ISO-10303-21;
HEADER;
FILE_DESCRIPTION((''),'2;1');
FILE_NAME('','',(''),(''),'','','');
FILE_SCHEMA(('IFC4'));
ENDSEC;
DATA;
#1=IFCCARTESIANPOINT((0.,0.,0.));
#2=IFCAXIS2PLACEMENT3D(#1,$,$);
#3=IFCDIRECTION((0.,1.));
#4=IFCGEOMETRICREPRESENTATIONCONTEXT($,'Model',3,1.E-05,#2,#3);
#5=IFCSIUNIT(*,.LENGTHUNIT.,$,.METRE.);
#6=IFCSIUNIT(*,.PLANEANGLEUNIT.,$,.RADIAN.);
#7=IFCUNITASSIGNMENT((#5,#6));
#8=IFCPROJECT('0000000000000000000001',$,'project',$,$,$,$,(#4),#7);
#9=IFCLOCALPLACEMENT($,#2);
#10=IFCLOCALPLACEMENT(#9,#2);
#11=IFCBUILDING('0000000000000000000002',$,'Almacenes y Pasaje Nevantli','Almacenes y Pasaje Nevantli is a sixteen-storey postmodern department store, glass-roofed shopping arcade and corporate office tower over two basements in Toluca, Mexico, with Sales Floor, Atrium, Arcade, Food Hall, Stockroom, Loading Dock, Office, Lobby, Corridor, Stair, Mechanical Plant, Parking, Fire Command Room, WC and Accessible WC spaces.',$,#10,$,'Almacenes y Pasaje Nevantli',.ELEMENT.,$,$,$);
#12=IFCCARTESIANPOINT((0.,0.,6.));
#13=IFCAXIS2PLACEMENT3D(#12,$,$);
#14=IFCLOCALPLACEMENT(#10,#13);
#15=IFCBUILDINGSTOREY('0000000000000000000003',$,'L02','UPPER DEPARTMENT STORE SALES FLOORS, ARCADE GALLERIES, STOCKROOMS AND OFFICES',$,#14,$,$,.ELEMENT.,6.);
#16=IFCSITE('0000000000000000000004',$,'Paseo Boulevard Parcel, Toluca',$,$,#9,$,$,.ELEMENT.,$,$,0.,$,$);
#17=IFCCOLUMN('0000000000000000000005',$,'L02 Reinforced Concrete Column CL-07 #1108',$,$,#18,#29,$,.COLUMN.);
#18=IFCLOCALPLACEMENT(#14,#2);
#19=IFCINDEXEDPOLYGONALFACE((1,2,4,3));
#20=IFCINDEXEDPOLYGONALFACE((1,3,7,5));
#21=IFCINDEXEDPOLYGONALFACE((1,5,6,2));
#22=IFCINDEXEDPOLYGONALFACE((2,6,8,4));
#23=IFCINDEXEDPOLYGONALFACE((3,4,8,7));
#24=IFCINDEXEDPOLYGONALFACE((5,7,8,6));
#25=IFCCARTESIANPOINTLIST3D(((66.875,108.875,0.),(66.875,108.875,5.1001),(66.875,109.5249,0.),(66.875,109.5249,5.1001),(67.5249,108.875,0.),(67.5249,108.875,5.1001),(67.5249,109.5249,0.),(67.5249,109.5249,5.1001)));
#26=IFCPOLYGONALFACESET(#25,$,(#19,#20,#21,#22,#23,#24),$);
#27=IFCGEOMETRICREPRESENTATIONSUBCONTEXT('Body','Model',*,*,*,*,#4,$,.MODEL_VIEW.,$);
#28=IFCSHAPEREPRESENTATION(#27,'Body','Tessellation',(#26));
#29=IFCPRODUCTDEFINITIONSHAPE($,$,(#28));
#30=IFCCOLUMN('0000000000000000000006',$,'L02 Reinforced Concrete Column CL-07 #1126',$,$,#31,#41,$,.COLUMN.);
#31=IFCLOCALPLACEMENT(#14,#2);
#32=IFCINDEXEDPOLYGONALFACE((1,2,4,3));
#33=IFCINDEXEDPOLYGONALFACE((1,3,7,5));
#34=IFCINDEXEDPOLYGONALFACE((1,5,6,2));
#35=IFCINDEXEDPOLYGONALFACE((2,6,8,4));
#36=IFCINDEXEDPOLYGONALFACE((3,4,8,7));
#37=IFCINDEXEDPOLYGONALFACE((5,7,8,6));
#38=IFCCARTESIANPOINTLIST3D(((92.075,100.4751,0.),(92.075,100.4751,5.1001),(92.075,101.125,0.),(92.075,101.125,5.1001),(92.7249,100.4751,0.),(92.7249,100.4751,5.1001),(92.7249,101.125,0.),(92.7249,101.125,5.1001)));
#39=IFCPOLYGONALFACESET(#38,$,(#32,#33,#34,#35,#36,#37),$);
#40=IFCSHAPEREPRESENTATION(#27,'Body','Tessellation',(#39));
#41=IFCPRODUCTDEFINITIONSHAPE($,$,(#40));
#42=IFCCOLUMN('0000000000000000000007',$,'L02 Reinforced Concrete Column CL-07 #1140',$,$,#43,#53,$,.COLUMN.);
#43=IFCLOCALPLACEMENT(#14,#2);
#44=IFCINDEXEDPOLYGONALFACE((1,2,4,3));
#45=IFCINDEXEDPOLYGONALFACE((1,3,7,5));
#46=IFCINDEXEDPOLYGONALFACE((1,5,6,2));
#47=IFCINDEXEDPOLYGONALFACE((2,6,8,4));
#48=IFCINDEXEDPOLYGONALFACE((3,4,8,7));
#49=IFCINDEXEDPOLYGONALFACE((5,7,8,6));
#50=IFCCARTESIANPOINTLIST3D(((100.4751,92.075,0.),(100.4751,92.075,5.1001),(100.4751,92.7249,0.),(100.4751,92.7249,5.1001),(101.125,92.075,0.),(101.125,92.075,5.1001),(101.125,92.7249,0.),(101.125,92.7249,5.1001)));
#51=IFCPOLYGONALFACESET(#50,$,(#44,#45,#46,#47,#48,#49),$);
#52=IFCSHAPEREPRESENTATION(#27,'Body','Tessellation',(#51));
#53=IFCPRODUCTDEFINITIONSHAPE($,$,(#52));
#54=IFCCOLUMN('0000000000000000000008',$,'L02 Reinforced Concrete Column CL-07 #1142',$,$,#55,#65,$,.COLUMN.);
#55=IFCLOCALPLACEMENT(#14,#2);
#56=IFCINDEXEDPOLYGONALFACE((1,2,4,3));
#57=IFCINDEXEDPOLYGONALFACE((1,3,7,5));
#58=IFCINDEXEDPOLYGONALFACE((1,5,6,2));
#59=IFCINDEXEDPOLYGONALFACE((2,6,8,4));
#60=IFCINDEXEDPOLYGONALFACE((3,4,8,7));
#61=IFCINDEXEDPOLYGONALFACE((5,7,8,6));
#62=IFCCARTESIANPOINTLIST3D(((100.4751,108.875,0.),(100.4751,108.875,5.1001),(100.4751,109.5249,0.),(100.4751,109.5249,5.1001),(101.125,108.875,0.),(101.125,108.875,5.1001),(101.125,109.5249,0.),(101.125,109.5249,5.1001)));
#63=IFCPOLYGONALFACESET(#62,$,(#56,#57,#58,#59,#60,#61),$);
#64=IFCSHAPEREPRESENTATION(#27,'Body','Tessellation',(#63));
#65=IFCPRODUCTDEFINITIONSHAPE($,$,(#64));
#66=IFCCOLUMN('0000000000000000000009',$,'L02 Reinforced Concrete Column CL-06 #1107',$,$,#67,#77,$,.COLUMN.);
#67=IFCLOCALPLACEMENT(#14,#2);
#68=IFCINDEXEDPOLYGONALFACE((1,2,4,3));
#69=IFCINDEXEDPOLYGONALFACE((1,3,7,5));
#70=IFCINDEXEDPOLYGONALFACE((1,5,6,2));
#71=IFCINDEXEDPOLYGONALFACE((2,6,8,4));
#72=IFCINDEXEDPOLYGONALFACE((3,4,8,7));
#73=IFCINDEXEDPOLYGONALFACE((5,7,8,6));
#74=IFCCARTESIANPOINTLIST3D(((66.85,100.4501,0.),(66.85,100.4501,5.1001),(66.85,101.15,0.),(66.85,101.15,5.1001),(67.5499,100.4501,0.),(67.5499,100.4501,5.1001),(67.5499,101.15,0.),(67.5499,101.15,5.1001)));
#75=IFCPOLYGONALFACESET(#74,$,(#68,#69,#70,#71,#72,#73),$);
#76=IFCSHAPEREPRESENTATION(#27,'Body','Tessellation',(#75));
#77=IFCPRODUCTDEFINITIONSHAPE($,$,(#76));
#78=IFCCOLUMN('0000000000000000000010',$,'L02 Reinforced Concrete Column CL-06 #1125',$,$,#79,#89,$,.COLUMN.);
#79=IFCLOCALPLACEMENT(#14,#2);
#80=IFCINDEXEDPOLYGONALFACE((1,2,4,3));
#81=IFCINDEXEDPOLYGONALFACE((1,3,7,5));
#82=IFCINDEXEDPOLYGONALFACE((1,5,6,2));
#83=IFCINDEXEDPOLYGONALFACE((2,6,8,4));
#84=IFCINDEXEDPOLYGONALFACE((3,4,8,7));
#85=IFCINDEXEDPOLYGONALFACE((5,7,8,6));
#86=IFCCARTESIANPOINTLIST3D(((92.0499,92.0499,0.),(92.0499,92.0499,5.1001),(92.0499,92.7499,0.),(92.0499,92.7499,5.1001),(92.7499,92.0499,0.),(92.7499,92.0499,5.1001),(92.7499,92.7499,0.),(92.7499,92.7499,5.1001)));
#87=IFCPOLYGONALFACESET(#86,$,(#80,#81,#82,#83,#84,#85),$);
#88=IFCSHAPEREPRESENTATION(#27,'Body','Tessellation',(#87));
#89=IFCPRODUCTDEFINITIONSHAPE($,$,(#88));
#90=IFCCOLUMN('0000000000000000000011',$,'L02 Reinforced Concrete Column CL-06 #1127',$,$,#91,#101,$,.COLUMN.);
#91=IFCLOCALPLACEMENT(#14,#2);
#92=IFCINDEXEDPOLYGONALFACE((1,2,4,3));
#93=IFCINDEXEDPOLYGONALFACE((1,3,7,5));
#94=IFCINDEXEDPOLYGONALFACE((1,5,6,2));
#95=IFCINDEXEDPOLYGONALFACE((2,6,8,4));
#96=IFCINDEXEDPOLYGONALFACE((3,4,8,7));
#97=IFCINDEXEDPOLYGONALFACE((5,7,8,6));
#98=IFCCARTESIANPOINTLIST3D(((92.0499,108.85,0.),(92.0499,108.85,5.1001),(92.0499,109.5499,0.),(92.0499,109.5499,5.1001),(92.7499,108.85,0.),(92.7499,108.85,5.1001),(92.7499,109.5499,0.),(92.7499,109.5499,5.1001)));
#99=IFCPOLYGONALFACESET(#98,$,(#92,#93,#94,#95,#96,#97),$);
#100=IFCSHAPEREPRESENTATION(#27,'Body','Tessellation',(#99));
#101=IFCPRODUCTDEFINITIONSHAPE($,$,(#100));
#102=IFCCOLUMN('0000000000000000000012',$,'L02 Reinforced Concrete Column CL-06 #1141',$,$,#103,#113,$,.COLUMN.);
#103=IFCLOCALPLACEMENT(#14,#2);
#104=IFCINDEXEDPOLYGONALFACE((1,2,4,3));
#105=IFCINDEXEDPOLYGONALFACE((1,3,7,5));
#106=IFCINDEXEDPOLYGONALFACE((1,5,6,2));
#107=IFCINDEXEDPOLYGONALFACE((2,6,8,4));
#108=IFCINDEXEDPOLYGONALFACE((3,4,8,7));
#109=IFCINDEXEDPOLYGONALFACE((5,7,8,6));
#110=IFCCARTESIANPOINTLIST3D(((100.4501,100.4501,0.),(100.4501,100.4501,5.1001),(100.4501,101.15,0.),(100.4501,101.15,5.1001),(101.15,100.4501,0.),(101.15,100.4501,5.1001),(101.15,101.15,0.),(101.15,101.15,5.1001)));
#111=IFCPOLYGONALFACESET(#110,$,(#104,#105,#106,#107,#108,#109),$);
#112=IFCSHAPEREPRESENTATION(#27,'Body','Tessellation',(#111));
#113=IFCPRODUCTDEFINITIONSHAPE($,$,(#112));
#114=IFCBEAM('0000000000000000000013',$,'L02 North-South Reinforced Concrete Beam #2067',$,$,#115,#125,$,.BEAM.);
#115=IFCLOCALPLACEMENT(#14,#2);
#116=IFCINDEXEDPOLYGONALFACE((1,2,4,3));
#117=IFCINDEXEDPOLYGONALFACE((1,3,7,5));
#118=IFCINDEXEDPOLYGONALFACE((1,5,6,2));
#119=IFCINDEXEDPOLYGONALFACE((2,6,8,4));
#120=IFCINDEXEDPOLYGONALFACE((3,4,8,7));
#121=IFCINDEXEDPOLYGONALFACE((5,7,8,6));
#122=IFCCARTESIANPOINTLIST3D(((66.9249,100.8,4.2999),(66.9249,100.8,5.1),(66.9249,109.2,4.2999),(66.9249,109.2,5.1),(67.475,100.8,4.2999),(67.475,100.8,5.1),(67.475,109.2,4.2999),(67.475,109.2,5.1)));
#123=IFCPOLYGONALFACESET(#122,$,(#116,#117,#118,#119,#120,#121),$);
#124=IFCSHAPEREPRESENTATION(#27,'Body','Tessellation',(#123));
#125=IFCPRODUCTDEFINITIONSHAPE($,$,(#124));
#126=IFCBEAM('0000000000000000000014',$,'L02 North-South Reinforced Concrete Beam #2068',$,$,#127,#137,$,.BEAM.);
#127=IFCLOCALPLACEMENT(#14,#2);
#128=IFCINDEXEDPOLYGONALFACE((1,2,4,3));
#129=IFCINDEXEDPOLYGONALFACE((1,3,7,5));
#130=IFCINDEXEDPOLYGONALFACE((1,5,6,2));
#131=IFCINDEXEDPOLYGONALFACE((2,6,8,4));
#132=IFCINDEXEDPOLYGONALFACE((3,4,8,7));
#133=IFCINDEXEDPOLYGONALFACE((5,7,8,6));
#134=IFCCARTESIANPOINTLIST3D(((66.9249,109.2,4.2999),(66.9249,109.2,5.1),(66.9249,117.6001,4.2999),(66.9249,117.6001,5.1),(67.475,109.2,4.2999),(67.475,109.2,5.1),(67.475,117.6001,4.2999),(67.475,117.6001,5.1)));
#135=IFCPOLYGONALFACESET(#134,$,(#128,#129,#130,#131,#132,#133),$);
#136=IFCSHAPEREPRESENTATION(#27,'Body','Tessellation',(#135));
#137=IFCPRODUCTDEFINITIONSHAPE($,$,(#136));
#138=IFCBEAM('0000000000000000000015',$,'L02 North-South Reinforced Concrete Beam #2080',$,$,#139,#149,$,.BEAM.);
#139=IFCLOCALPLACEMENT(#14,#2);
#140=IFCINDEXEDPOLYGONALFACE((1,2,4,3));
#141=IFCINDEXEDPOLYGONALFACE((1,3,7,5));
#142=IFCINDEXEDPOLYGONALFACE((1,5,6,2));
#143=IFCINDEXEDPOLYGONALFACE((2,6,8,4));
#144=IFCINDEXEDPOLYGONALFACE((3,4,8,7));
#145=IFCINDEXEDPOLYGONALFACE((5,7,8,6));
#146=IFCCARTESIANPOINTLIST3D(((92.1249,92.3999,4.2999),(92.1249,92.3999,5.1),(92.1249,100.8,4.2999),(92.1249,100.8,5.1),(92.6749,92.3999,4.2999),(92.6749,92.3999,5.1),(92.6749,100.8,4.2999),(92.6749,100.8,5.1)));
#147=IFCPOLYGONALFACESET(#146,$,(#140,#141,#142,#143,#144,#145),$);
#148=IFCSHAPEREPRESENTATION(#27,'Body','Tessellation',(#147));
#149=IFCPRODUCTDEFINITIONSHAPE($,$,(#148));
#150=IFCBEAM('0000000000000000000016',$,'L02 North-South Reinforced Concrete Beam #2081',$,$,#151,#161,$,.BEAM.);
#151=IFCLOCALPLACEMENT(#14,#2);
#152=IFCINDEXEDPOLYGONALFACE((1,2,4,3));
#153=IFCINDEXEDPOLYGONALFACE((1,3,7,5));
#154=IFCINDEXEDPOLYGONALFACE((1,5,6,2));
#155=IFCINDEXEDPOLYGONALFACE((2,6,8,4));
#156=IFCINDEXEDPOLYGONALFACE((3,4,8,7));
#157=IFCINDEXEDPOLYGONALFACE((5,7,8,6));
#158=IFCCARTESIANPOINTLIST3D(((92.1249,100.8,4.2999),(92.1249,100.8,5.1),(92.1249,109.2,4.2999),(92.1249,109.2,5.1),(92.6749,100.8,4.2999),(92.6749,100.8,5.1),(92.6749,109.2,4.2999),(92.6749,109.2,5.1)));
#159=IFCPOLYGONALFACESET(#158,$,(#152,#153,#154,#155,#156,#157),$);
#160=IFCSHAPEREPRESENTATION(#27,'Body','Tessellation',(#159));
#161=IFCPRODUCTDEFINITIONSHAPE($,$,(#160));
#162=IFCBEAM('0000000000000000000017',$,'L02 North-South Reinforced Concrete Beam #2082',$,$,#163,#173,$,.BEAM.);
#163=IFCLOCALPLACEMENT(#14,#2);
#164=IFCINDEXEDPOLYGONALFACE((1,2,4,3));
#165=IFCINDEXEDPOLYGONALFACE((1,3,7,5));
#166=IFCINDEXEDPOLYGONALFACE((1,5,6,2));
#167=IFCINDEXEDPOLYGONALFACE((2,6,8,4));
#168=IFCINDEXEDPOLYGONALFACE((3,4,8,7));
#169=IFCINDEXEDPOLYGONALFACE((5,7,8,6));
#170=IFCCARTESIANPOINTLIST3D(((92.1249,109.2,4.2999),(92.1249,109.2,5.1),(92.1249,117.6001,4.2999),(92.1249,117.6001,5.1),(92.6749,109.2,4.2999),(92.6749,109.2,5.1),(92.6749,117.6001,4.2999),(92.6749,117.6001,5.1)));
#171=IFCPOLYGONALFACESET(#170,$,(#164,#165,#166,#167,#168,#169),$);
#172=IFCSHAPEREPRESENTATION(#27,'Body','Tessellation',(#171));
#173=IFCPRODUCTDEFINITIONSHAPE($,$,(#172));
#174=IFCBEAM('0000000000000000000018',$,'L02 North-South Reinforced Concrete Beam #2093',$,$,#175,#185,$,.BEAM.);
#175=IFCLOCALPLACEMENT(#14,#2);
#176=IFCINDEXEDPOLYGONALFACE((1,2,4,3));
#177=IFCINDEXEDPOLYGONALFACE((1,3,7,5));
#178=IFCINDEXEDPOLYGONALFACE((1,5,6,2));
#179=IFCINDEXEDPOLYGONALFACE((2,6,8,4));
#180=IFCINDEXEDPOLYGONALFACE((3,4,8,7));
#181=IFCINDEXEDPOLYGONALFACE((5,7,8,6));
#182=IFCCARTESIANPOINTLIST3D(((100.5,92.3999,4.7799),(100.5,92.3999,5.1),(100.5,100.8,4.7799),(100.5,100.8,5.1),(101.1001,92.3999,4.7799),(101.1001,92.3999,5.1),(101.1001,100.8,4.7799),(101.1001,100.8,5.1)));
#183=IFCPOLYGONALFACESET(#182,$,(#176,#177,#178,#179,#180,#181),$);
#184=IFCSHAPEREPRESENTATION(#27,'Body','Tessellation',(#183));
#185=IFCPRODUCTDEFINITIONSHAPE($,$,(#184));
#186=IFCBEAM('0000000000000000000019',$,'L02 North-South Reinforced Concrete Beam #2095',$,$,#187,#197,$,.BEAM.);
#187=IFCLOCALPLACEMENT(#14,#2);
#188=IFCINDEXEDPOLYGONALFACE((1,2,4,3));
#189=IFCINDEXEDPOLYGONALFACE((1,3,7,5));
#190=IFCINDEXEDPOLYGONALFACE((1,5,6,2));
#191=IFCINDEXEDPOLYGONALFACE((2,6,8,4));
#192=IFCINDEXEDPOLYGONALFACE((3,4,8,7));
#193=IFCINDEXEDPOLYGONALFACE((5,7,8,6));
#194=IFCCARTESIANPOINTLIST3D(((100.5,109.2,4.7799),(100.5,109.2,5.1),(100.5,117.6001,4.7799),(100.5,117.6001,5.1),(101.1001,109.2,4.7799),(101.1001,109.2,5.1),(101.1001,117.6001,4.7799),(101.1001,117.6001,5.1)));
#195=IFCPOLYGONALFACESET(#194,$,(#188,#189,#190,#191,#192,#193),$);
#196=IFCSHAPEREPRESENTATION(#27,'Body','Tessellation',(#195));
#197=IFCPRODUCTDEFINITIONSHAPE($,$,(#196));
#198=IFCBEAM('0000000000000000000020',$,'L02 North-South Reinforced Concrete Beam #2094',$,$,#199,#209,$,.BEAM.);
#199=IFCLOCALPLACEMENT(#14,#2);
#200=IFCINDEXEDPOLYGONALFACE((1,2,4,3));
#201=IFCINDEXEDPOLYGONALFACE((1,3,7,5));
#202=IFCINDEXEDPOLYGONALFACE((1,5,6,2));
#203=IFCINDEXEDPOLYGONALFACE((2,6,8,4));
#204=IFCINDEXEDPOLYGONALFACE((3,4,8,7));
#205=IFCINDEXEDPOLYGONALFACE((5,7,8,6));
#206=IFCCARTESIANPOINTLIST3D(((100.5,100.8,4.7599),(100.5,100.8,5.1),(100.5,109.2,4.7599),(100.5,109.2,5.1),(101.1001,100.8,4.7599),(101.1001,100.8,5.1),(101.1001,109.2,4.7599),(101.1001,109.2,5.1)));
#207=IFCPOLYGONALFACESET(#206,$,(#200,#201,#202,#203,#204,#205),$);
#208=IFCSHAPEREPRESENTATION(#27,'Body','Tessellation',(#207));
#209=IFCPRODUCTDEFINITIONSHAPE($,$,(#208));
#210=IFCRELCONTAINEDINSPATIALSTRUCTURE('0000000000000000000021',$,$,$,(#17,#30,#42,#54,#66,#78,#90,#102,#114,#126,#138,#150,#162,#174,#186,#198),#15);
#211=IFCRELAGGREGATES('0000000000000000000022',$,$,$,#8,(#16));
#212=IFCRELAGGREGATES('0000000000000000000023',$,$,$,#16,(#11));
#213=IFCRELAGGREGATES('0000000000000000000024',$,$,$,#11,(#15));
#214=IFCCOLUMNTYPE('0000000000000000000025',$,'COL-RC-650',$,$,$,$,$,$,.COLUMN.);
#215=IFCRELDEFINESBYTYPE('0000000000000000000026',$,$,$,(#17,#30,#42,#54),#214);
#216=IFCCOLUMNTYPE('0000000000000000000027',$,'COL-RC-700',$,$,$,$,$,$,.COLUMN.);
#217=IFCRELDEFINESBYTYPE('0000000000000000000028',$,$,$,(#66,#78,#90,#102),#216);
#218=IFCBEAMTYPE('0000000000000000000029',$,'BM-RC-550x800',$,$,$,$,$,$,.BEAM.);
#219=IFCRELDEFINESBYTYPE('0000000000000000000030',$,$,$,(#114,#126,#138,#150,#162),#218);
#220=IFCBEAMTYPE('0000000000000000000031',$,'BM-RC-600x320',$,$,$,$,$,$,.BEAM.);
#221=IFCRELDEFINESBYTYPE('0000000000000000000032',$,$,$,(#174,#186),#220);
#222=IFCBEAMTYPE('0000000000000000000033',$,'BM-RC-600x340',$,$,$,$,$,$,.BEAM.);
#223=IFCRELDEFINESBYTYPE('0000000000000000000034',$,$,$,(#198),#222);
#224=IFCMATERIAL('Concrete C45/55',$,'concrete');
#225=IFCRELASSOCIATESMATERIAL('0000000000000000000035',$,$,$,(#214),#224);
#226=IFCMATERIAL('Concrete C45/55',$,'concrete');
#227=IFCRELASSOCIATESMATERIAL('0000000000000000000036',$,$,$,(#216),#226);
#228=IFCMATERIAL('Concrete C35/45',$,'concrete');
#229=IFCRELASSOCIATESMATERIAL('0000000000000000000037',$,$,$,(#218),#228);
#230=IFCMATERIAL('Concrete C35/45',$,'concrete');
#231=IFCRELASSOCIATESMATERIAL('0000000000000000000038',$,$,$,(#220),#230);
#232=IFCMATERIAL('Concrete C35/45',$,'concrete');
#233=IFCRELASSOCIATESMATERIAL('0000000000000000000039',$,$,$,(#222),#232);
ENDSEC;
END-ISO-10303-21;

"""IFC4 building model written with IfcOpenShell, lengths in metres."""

from ifc_helpers import new_model, si_unit, direction, frame, origin, origin_2d, place, context, subcontext, project, spatial, rectangle, extrude, material, material_profile, profile_set, type_object, element, save


model = new_model("IFC4")

# Units and contexts
model_context = context("Model", 3, precision=1e-05, world=origin(), true_north=direction((0.0, 1.0)))
body_context = subcontext(model_context, "Body", "Model", "MODEL_VIEW")
ifc_project = project(units=[si_unit("LENGTHUNIT", "METRE"), si_unit("PLANEANGLEUNIT", "RADIAN")], contexts=[model_context])

# Site, building, storey
site_placement = place(None, origin())
site = spatial("IfcSite", under=ifc_project, at=site_placement, Name="Paseo Boulevard Parcel, Toluca", CompositionType="ELEMENT", RefElevation=0.0)
building_placement = place(site_placement, origin())
building = spatial("IfcBuilding", under=site, at=building_placement, Name="Almacenes y Pasaje Nevantli", Description="Almacenes y Pasaje Nevantli is a sixteen-storey postmodern department store, glass-roofed shopping arcade and corporate office tower over two basements in Toluca, Mexico, with Sales Floor, Atrium, Arcade, Food Hall, Stockroom, Loading Dock, Office, Lobby, Corridor, Stair, Mechanical Plant, Parking, Fire Command Room, WC and Accessible WC spaces.", LongName="Almacenes y Pasaje Nevantli", CompositionType="ELEMENT")
storey_placement = place(building_placement, frame((0.0, 0.0, 6.0)))
storey = spatial("IfcBuildingStorey", under=building, at=storey_placement, Name="L02", Description="UPPER DEPARTMENT STORE SALES FLOORS, ARCADE GALLERIES, STOCKROOMS AND OFFICES", CompositionType="ELEMENT", Elevation=6.0)

# Columns
ifc_material_1 = material(Name="Concrete C45/55", Category="concrete")
ifc_material_profile_1 = material_profile(ifc_material_1, rectangle(XDim=0.6499, YDim=0.6499, at=origin_2d()), Name="RC-COL-650x650")
ifc_profile_set_1 = profile_set([ifc_material_profile_1], Name="Concrete C45/55")
column_type_1 = type_object("IfcColumnType", Name="COL-RC-650", PredefinedType="COLUMN", material=ifc_profile_set_1)
for number, where, z_axis, x_axis, name in (
    (1, (67.2, 109.2, 0.0), (0.0, 0.0, 1.0), (1.0, 0.0, 0.0), "L02 Reinforced Concrete Column CL-07 #1108"),
    (2, (92.3999, 100.8, 0.0), (0.0, 0.0, 1.0), (1.0, 0.0, 0.0), "L02 Reinforced Concrete Column CL-07 #1126"),
    (3, (100.8, 92.3999, 0.0), (0.0, 0.0, 1.0), (1.0, 0.0, 0.0), "L02 Reinforced Concrete Column CL-07 #1140"),
    (4, (100.8, 109.2, 0.0), (0.0, 0.0, 1.0), (1.0, 0.0, 0.0), "L02 Reinforced Concrete Column CL-07 #1142"),
):
    element("IfcColumn", number, at=place(storey_placement, frame(where, z_axis=z_axis, x_axis=x_axis)), inside=storey, type_object=column_type_1, Name=name, PredefinedType="COLUMN", context=body_context, shape_type="SweptSolid", body=[
        extrude(rectangle(XDim=0.6499, YDim=0.6499, at=origin_2d()), origin(), (0.0, 0.0, 1.0), 5.1001),
    ])
ifc_material_2 = material(Name="Concrete C45/55", Category="concrete")
ifc_material_profile_2 = material_profile(ifc_material_2, rectangle(XDim=0.7, YDim=0.7, at=origin_2d()), Name="RC-COL-700x700")
ifc_profile_set_2 = profile_set([ifc_material_profile_2], Name="Concrete C45/55")
column_type_2 = type_object("IfcColumnType", Name="COL-RC-700", PredefinedType="COLUMN", material=ifc_profile_set_2)
for number, where, z_axis, x_axis, name in (
    (5, (67.2, 100.8, 0.0), (0.0, 0.0, 1.0), (1.0, 0.0, 0.0), "L02 Reinforced Concrete Column CL-06 #1107"),
    (6, (92.3999, 92.3999, 0.0), (0.0, 0.0, 1.0), (1.0, 0.0, 0.0), "L02 Reinforced Concrete Column CL-06 #1125"),
    (7, (92.3999, 109.2, 0.0), (0.0, 0.0, 1.0), (1.0, 0.0, 0.0), "L02 Reinforced Concrete Column CL-06 #1127"),
    (8, (100.8, 100.8, 0.0), (0.0, 0.0, 1.0), (1.0, 0.0, 0.0), "L02 Reinforced Concrete Column CL-06 #1141"),
):
    element("IfcColumn", number, at=place(storey_placement, frame(where, z_axis=z_axis, x_axis=x_axis)), inside=storey, type_object=column_type_2, Name=name, PredefinedType="COLUMN", context=body_context, shape_type="SweptSolid", body=[
        extrude(rectangle(XDim=0.7, YDim=0.7, at=origin_2d()), origin(), (0.0, 0.0, 1.0), 5.1001),
    ])

# Beams
ifc_material_3 = material(Name="Concrete C35/45", Category="concrete")
ifc_material_profile_3 = material_profile(ifc_material_3, rectangle(XDim=0.55, YDim=0.8, at=origin_2d()), Name="RC-BM-550x800")
ifc_profile_set_3 = profile_set([ifc_material_profile_3], Name="Concrete C35/45")
beam_type_1 = type_object("IfcBeamType", Name="BM-RC-550x800", PredefinedType="BEAM", material=ifc_profile_set_3)
beam_1_placement = place(storey_placement, frame((67.2, 100.8, 4.7), z_axis=(0.0, 1.0, 0.0), x_axis=(-1.0, 0.0, 0.0)))
element("IfcBeam", 9, at=beam_1_placement, inside=storey, type_object=beam_type_1, Name="L02 North-South Reinforced Concrete Beam #2067", PredefinedType="BEAM", context=body_context, shape_type="SweptSolid", body=[
    extrude(rectangle(XDim=0.55, YDim=0.8, at=origin_2d()), origin(), (0.0, 0.0, 1.0), 8.3999),
])
for number, where, z_axis, x_axis, name in (
    (10, (67.2, 109.2, 4.7), (0.0, 1.0, 0.0), (-1.0, 0.0, 0.0), "L02 North-South Reinforced Concrete Beam #2068"),
    (11, (92.3999, 92.3999, 4.7), (0.0, 1.0, 0.0), (-1.0, 0.0, 0.0), "L02 North-South Reinforced Concrete Beam #2080"),
):
    element("IfcBeam", number, at=place(storey_placement, frame(where, z_axis=z_axis, x_axis=x_axis)), inside=storey, type_object=beam_type_1, Name=name, PredefinedType="BEAM", context=body_context, shape_type="SweptSolid", body=[
        extrude(rectangle(XDim=0.55, YDim=0.8, at=origin_2d()), origin(), (0.0, 0.0, 1.0), 8.4001),
    ])
beam_2_placement = place(storey_placement, frame((92.3999, 100.8, 4.7), z_axis=(0.0, 1.0, 0.0), x_axis=(-1.0, 0.0, 0.0)))
element("IfcBeam", 12, at=beam_2_placement, inside=storey, type_object=beam_type_1, Name="L02 North-South Reinforced Concrete Beam #2081", PredefinedType="BEAM", context=body_context, shape_type="SweptSolid", body=[
    extrude(rectangle(XDim=0.55, YDim=0.8, at=origin_2d()), origin(), (0.0, 0.0, 1.0), 8.3999),
])
beam_3_placement = place(storey_placement, frame((92.3999, 109.2, 4.7), z_axis=(0.0, 1.0, 0.0), x_axis=(-1.0, 0.0, 0.0)))
element("IfcBeam", 13, at=beam_3_placement, inside=storey, type_object=beam_type_1, Name="L02 North-South Reinforced Concrete Beam #2082", PredefinedType="BEAM", context=body_context, shape_type="SweptSolid", body=[
    extrude(rectangle(XDim=0.55, YDim=0.8, at=origin_2d()), origin(), (0.0, 0.0, 1.0), 8.4001),
])
ifc_material_4 = material(Name="Concrete C35/45", Category="concrete")
ifc_material_profile_4 = material_profile(ifc_material_4, rectangle(XDim=0.6001, YDim=0.3201, at=origin_2d()), Name="RC-BM-600x320")
ifc_profile_set_4 = profile_set([ifc_material_profile_4], Name="Concrete C35/45")
beam_type_2 = type_object("IfcBeamType", Name="BM-RC-600x320", PredefinedType="BEAM", material=ifc_profile_set_4)
for number, where, z_axis, x_axis, name in (
    (14, (100.8, 92.3999, 4.9399), (0.0, 1.0, 0.0), (-1.0, 0.0, 0.0), "L02 North-South Reinforced Concrete Beam #2093"),
    (15, (100.8, 109.2, 4.9399), (0.0, 1.0, 0.0), (-1.0, 0.0, 0.0), "L02 North-South Reinforced Concrete Beam #2095"),
):
    element("IfcBeam", number, at=place(storey_placement, frame(where, z_axis=z_axis, x_axis=x_axis)), inside=storey, type_object=beam_type_2, Name=name, PredefinedType="BEAM", context=body_context, shape_type="SweptSolid", body=[
        extrude(rectangle(XDim=0.6001, YDim=0.3201, at=origin_2d()), origin(), (0.0, 0.0, 1.0), 8.4001),
    ])
ifc_material_5 = material(Name="Concrete C35/45", Category="concrete")
ifc_material_profile_5 = material_profile(ifc_material_5, rectangle(XDim=0.6001, YDim=0.3401, at=origin_2d()), Name="RC-BM-600x340")
ifc_profile_set_5 = profile_set([ifc_material_profile_5], Name="Concrete C35/45")
beam_type_3 = type_object("IfcBeamType", Name="BM-RC-600x340", PredefinedType="BEAM", material=ifc_profile_set_5)
beam_4_placement = place(storey_placement, frame((100.8, 100.8, 4.9299), z_axis=(0.0, 1.0, 0.0), x_axis=(-1.0, 0.0, 0.0)))
element("IfcBeam", 16, at=beam_4_placement, inside=storey, type_object=beam_type_3, Name="L02 North-South Reinforced Concrete Beam #2094", PredefinedType="BEAM", context=body_context, shape_type="SweptSolid", body=[
    extrude(rectangle(XDim=0.6001, YDim=0.3401, at=origin_2d()), origin(), (0.0, 0.0, 1.0), 8.3999),
])

save(model, "model.ifc")
